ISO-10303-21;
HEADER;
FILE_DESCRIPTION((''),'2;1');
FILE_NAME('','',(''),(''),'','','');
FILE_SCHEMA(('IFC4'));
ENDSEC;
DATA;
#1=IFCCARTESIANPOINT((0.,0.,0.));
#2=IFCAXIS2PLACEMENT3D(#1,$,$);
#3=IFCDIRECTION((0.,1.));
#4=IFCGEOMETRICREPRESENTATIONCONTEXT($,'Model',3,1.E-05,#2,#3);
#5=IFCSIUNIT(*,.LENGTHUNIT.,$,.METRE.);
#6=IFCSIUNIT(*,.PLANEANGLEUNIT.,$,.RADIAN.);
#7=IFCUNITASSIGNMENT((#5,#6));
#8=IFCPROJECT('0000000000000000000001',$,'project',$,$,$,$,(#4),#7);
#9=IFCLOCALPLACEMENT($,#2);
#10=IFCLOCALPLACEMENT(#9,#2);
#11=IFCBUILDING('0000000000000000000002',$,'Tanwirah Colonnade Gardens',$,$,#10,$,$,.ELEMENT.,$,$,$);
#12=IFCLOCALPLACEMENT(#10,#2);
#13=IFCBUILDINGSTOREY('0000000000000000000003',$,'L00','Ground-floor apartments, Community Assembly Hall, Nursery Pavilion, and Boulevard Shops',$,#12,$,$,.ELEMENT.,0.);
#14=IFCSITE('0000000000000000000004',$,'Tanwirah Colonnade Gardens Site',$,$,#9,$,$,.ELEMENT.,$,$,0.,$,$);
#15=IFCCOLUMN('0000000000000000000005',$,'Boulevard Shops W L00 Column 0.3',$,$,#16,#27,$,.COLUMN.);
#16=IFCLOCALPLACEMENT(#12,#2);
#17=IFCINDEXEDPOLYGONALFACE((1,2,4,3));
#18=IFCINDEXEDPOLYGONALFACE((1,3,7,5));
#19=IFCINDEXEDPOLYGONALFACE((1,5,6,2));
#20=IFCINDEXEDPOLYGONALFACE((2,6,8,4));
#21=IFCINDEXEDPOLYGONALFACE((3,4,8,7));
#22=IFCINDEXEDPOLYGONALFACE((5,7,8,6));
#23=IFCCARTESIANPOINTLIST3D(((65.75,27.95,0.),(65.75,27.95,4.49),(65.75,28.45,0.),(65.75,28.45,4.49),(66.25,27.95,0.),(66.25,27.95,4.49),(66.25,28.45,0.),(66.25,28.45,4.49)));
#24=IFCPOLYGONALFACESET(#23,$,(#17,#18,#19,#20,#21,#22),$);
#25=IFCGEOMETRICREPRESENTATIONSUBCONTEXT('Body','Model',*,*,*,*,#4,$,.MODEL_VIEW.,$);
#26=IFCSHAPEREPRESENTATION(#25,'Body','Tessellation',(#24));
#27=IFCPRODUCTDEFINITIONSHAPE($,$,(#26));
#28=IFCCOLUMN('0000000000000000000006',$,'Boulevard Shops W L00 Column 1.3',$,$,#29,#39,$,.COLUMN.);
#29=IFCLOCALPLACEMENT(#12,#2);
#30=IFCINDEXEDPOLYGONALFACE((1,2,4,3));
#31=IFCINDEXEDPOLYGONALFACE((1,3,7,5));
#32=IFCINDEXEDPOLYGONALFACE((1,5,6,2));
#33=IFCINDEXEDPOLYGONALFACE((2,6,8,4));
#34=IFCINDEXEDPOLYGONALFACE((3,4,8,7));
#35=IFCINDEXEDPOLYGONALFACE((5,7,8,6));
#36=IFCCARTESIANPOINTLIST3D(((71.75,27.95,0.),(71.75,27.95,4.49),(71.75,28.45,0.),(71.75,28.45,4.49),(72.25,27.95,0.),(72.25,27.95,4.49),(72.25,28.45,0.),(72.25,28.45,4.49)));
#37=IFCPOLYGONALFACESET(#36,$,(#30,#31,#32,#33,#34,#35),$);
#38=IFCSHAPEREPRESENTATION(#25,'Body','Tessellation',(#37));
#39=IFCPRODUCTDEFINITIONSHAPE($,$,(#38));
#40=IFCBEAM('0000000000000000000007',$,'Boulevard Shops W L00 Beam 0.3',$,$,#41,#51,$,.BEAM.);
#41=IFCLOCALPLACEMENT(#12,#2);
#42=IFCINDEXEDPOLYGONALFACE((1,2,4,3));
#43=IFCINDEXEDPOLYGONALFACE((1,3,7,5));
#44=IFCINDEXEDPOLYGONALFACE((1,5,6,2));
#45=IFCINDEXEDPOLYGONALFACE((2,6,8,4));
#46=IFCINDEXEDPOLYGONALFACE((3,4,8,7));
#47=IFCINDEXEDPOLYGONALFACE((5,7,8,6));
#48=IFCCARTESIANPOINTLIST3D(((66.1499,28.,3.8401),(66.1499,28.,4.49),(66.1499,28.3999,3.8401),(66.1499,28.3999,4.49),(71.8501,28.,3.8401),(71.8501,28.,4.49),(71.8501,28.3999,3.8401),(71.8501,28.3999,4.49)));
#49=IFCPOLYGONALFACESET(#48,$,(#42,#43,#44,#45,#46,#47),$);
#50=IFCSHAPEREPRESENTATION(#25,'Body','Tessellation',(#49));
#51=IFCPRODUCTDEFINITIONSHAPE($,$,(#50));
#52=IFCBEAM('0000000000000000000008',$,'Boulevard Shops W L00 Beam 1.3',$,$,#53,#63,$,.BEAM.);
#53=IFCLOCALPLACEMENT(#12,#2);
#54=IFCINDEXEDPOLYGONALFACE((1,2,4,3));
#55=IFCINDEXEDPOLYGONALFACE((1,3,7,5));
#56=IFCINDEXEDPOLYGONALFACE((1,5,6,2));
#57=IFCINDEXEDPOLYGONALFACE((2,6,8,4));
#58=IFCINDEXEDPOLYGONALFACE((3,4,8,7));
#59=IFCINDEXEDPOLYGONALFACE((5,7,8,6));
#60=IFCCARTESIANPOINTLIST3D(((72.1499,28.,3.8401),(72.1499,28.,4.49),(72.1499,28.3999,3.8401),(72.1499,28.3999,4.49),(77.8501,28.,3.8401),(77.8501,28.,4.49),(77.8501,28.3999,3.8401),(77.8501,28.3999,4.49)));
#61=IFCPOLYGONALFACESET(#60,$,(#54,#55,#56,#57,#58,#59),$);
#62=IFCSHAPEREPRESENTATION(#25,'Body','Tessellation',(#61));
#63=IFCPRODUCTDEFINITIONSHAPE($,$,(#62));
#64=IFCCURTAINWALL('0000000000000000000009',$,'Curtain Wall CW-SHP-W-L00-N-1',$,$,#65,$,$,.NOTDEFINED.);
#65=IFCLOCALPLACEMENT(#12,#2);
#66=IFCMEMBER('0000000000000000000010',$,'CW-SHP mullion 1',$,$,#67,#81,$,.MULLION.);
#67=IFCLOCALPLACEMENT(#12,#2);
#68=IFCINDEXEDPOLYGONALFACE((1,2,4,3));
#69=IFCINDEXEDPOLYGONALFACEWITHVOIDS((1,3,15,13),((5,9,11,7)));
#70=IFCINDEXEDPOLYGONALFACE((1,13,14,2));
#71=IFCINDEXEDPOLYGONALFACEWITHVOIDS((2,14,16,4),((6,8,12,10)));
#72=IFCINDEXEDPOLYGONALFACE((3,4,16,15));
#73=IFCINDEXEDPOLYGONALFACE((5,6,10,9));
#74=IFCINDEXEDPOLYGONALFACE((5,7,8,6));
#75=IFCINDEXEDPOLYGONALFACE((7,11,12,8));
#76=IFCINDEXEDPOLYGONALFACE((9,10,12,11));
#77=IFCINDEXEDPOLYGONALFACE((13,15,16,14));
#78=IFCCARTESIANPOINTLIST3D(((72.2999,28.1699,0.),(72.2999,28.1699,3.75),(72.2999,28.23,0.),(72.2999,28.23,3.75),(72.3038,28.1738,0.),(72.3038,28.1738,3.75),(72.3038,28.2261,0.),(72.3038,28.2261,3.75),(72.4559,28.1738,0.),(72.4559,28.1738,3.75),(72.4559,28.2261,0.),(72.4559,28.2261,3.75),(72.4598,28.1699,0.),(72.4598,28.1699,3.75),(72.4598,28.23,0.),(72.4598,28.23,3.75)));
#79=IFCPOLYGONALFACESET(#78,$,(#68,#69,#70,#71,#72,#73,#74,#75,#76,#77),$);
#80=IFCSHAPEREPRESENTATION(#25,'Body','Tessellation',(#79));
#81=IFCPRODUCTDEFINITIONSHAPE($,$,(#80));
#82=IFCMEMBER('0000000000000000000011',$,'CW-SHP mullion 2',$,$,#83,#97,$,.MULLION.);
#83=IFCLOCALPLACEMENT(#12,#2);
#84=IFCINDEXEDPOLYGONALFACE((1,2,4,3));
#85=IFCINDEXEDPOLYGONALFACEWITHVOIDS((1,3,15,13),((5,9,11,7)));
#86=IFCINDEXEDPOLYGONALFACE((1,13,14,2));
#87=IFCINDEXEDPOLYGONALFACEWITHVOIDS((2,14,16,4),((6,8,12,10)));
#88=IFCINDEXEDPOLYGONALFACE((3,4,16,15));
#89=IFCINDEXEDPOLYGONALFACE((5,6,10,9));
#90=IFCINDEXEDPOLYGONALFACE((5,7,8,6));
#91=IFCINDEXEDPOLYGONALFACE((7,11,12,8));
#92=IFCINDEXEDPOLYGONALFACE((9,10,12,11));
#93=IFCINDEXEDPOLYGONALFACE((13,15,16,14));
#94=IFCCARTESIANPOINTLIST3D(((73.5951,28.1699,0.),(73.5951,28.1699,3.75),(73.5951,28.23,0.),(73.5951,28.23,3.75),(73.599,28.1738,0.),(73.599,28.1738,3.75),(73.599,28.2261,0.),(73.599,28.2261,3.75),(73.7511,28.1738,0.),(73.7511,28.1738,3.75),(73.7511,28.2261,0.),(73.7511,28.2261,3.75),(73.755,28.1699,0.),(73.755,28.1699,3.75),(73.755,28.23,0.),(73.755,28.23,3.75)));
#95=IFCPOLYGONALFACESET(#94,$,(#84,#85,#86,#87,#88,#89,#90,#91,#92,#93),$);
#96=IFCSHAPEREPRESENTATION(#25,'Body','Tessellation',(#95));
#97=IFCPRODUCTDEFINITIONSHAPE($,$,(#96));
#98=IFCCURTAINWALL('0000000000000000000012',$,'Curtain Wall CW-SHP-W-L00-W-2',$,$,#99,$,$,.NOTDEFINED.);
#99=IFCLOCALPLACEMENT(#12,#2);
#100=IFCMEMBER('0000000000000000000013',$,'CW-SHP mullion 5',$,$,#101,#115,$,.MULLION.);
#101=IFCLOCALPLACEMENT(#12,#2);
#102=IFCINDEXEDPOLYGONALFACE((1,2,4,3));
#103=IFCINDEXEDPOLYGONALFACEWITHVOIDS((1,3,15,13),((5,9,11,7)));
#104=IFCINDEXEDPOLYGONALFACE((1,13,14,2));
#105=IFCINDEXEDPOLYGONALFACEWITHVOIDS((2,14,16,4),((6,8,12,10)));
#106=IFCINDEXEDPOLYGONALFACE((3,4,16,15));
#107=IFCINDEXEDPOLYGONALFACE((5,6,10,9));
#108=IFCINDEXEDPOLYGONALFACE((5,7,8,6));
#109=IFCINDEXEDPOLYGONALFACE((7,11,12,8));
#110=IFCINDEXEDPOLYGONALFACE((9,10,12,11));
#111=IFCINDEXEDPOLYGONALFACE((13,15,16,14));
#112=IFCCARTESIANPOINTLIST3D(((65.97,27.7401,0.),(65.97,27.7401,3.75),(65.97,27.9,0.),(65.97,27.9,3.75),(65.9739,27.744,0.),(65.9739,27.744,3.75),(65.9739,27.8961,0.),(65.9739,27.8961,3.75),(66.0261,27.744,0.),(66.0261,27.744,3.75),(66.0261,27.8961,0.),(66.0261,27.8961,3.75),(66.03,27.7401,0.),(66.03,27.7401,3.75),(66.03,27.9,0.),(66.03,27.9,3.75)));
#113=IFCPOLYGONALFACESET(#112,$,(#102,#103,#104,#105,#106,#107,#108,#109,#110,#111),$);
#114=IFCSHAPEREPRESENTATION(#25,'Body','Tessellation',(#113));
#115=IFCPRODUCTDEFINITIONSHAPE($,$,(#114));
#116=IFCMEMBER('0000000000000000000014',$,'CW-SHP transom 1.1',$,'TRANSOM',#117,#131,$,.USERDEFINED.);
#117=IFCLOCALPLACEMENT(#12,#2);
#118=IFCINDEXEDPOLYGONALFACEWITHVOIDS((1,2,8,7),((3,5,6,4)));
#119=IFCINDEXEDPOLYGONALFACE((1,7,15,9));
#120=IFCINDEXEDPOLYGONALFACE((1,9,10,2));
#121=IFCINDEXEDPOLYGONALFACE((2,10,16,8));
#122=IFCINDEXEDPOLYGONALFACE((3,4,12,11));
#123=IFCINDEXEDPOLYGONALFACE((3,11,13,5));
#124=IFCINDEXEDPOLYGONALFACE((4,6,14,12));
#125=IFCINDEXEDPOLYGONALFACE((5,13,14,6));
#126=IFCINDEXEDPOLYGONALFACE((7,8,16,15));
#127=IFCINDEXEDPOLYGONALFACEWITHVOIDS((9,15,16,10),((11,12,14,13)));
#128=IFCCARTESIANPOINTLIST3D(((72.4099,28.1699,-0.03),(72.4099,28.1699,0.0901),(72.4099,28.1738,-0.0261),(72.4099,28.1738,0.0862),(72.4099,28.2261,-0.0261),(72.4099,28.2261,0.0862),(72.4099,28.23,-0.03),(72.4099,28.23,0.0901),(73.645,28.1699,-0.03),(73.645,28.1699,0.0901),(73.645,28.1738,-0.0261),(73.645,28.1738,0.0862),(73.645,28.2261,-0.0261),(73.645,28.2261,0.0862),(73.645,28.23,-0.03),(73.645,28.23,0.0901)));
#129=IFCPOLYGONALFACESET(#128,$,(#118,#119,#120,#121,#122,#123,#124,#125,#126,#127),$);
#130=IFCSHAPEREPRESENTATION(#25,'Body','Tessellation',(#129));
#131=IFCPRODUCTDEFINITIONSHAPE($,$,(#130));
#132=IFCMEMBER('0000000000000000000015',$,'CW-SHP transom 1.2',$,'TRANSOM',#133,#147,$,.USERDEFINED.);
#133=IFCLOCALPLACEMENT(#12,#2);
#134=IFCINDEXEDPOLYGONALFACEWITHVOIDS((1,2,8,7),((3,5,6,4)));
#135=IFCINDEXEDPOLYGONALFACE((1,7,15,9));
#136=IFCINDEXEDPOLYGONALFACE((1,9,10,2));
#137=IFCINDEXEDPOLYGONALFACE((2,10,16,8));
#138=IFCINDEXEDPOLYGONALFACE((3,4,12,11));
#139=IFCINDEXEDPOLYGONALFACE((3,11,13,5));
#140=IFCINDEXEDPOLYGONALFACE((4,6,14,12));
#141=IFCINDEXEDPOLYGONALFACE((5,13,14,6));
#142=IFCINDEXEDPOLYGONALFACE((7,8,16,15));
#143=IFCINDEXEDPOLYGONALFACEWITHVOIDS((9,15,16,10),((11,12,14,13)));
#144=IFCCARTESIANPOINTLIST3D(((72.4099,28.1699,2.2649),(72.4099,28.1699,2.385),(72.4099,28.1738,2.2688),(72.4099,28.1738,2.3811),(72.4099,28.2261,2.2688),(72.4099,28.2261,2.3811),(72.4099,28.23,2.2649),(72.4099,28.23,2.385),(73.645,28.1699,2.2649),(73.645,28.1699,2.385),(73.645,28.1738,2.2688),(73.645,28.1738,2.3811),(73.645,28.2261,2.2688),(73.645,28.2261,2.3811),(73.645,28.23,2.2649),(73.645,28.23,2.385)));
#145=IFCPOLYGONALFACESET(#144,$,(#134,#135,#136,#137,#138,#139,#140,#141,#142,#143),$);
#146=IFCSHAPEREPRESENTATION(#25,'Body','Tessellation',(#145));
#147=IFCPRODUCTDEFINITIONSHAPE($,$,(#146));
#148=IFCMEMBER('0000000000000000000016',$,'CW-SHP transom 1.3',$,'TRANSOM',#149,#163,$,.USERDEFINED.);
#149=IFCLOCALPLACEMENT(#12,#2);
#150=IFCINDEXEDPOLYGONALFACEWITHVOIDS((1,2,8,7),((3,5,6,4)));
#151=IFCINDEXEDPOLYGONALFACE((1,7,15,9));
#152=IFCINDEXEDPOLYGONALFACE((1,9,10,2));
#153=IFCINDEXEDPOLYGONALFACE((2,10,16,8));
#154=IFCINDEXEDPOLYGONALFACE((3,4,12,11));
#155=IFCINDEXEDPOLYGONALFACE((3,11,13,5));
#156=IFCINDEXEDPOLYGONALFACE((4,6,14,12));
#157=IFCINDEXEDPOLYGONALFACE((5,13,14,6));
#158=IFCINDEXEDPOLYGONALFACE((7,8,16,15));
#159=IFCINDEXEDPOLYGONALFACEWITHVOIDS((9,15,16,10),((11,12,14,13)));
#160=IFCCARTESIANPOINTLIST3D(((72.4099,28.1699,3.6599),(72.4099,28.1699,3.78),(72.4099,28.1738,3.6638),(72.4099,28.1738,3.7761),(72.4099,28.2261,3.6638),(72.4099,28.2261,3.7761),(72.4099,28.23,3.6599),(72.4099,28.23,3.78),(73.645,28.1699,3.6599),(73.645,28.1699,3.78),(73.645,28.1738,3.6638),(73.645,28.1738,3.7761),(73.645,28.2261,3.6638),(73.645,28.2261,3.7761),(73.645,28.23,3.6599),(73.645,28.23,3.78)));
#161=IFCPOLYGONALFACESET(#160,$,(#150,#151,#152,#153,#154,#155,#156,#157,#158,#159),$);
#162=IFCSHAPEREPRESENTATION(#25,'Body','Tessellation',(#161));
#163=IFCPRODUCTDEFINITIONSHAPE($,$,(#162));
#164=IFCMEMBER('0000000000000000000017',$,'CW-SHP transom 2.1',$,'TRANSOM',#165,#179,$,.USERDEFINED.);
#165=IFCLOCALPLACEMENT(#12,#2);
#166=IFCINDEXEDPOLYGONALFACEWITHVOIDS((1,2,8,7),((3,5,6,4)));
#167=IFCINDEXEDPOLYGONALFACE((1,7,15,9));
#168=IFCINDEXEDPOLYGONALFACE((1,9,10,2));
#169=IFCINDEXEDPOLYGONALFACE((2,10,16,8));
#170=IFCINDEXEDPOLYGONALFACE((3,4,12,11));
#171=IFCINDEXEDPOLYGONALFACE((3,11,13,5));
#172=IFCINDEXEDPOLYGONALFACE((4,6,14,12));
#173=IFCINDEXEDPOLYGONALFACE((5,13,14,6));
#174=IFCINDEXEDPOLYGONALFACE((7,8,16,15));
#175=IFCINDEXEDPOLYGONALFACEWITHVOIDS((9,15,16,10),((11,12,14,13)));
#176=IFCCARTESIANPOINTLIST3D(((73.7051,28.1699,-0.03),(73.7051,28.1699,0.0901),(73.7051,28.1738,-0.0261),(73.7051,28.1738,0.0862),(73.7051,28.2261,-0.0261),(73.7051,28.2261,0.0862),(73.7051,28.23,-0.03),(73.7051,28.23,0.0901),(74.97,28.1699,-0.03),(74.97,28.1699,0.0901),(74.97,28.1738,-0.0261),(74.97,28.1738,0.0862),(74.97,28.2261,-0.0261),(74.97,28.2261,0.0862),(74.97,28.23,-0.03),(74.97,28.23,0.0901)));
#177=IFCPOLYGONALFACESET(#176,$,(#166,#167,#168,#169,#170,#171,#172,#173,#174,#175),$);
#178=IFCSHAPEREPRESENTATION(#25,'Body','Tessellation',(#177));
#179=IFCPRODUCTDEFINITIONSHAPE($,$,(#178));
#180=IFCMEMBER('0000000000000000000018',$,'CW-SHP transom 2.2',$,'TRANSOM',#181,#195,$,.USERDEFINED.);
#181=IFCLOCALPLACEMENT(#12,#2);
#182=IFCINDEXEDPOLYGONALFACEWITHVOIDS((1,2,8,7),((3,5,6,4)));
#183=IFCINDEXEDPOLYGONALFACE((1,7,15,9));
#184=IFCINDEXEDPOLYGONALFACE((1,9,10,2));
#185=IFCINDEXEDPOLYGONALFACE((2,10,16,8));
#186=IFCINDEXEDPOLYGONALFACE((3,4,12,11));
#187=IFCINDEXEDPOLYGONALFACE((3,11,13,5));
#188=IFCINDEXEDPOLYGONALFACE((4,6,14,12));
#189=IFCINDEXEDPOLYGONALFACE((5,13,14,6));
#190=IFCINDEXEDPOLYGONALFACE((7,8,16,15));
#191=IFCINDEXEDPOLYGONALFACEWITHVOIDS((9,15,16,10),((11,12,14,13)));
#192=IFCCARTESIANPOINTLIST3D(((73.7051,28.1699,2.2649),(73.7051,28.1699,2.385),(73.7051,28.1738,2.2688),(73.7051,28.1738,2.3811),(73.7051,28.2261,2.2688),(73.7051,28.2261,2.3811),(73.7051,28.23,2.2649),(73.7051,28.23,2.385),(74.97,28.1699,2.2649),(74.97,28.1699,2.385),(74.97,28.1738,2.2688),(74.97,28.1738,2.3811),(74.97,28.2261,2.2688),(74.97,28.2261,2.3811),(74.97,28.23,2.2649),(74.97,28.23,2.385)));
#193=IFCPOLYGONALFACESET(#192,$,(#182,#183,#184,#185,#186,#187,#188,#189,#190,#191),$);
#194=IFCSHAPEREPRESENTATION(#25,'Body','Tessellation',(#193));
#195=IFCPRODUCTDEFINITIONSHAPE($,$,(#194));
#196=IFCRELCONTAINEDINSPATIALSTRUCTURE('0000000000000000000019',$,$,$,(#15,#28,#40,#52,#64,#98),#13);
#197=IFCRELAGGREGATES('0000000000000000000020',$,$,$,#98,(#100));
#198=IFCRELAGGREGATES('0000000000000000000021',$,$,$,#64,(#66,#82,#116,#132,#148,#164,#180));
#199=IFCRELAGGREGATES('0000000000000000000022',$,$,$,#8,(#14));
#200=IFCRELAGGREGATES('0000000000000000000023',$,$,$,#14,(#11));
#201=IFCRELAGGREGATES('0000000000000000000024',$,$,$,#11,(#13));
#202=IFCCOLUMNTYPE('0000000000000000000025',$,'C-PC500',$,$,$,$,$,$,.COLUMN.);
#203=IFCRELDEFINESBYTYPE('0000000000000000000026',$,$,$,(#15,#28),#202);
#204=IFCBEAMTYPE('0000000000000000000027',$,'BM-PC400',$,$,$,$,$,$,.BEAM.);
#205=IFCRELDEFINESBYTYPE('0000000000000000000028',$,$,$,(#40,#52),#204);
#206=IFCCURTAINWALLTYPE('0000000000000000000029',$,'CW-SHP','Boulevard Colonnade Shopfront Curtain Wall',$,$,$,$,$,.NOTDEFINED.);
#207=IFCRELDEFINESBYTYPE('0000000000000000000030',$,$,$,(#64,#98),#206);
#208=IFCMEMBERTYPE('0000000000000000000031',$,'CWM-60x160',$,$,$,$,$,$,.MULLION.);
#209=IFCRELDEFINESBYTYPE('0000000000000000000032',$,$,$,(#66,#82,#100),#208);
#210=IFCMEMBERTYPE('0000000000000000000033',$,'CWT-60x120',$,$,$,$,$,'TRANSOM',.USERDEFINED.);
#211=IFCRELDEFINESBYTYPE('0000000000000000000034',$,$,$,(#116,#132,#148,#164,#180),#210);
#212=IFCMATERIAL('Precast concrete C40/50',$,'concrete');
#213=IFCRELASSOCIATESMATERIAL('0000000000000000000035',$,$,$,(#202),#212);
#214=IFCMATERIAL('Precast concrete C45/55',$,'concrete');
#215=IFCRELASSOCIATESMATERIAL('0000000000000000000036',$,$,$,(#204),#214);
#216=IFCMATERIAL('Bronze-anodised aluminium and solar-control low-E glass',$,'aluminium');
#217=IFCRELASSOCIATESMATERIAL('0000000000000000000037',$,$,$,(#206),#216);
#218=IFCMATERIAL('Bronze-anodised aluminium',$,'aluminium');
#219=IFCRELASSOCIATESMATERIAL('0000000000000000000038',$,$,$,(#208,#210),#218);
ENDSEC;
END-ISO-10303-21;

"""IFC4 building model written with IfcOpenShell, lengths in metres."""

from ifc_helpers import new_model, si_unit, direction, frame, origin, origin_2d, place, context, subcontext, project, spatial, rectangle, hollow_rectangle, extrude, material, material_profile, profile_set, type_object, element, aggregate, save


model = new_model("IFC4")

# Units and contexts
model_context = context("Model", 3, precision=1e-05, world=origin(), true_north=direction((0.0, 1.0)))
body_context = subcontext(model_context, "Body", "Model", "MODEL_VIEW")
ifc_project = project(units=[si_unit("LENGTHUNIT", "METRE"), si_unit("PLANEANGLEUNIT", "RADIAN")], contexts=[model_context])

# Site, building, storey
site_placement = place(None, origin())
site = spatial("IfcSite", under=ifc_project, at=site_placement, Name="Tanwirah Colonnade Gardens Site", CompositionType="ELEMENT", RefElevation=0.0)
building_placement = place(site_placement, origin())
building = spatial("IfcBuilding", under=site, at=building_placement, Name="Tanwirah Colonnade Gardens", CompositionType="ELEMENT")
storey_placement = place(building_placement, origin())
storey = spatial("IfcBuildingStorey", under=building, at=storey_placement, Name="L00", Description="Ground-floor apartments, Community Assembly Hall, Nursery Pavilion, and Boulevard Shops", CompositionType="ELEMENT", Elevation=0.0)

# Columns
ifc_material_1 = material(Name="Precast concrete C40/50", Category="concrete")
ifc_material_profile_1 = material_profile(ifc_material_1, rectangle(XDim=0.5, YDim=0.5, at=origin_2d()), Name="PC-COL 500x500")
ifc_profile_set_1 = profile_set([ifc_material_profile_1], Name="Precast concrete C40/50")
column_type = type_object("IfcColumnType", Name="C-PC500", PredefinedType="COLUMN", material=ifc_profile_set_1)
for number, where, z_axis, x_axis, name in (
    (1, (66.0, 28.2, 0.0), (0.0, 0.0, 1.0), (1.0, 0.0, 0.0), "Boulevard Shops W L00 Column 0.3"),
    (2, (72.0, 28.2, 0.0), (0.0, 0.0, 1.0), (1.0, 0.0, 0.0), "Boulevard Shops W L00 Column 1.3"),
):
    element("IfcColumn", number, at=place(storey_placement, frame(where, z_axis=z_axis, x_axis=x_axis)), inside=storey, type_object=column_type, Name=name, PredefinedType="COLUMN", context=body_context, shape_type="SweptSolid", body=[
        extrude(rectangle(XDim=0.5, YDim=0.5, at=origin_2d()), origin(), (0.0, 0.0, 1.0), 4.49),
    ])

# Beams
ifc_material_2 = material(Name="Precast concrete C45/55", Category="concrete")
ifc_material_profile_2 = material_profile(ifc_material_2, rectangle(XDim=0.3999, YDim=0.6499, at=origin_2d()), Name="PC-BM 400x650")
ifc_profile_set_2 = profile_set([ifc_material_profile_2], Name="Precast concrete C45/55")
beam_type = type_object("IfcBeamType", Name="BM-PC400", PredefinedType="BEAM", material=ifc_profile_set_2)
for number, where, z_axis, x_axis, name in (
    (3, (66.1499, 28.2, 4.165), (1.0, 0.0, 0.0), (0.0, 1.0, 0.0), "Boulevard Shops W L00 Beam 0.3"),
    (4, (72.1499, 28.2, 4.165), (1.0, 0.0, 0.0), (0.0, 1.0, 0.0), "Boulevard Shops W L00 Beam 1.3"),
):
    element("IfcBeam", number, at=place(storey_placement, frame(where, z_axis=z_axis, x_axis=x_axis)), inside=storey, type_object=beam_type, Name=name, PredefinedType="BEAM", context=body_context, shape_type="SweptSolid", body=[
        extrude(rectangle(XDim=0.3999, YDim=0.6499, at=origin_2d()), origin(), (0.0, 0.0, 1.0), 5.7002),
    ])

# Curtain wall, members
ifc_material_3 = material(Name="Bronze-anodised aluminium and solar-control low-E glass", Category="aluminium")
curtain_wall_type = type_object("IfcCurtainWallType", Name="CW-SHP", Description="Boulevard Colonnade Shopfront Curtain Wall", PredefinedType="NOTDEFINED", material=ifc_material_3)
curtain_wall_1_placement = place(storey_placement, origin())
curtain_wall_1 = element("IfcCurtainWall", 5, at=curtain_wall_1_placement, inside=storey, type_object=curtain_wall_type, Name="Curtain Wall CW-SHP-W-L00-N-1", PredefinedType="NOTDEFINED")
ifc_material_4 = material(Name="Bronze-anodised aluminium", Category="aluminium")
ifc_material_profile_3 = material_profile(ifc_material_4, hollow_rectangle(XDim=0.0601, YDim=0.1599, WallThickness=0.0039, at=origin_2d()), Name="CW-MUL 60x160x4")
ifc_profile_set_3 = profile_set([ifc_material_profile_3], Name="Bronze-anodised aluminium")
member_type_1 = type_object("IfcMemberType", Name="CWM-60x160", PredefinedType="MULLION", material=ifc_profile_set_3)
member_1_placement = place(storey_placement, frame((72.3799, 28.2, 0.0), z_axis=(0.0, 0.0, 1.0), x_axis=(0.0, 1.0, 0.0)))
member_1 = element("IfcMember", 6, at=member_1_placement, type_object=member_type_1, Name="CW-SHP mullion 1", PredefinedType="MULLION", context=body_context, shape_type="SweptSolid", body=[
    extrude(hollow_rectangle(XDim=0.0601, YDim=0.1599, WallThickness=0.0039, at=origin_2d()), origin(), (0.0, 0.0, 1.0), 3.75),
])
member_2_placement = place(storey_placement, frame((73.675, 28.2, 0.0), z_axis=(0.0, 0.0, 1.0), x_axis=(0.0, 1.0, 0.0)))
member_2 = element("IfcMember", 7, at=member_2_placement, type_object=member_type_1, Name="CW-SHP mullion 2", PredefinedType="MULLION", context=body_context, shape_type="SweptSolid", body=[
    extrude(hollow_rectangle(XDim=0.0601, YDim=0.1599, WallThickness=0.0039, at=origin_2d()), origin(), (0.0, 0.0, 1.0), 3.75),
])

# Curtain wall, member
curtain_wall_2_placement = place(storey_placement, origin())
curtain_wall_2 = element("IfcCurtainWall", 8, at=curtain_wall_2_placement, inside=storey, type_object=curtain_wall_type, Name="Curtain Wall CW-SHP-W-L00-W-2", PredefinedType="NOTDEFINED")
member_3_placement = place(storey_placement, frame((66.0, 27.8201, 0.0), z_axis=(0.0, 0.0, 1.0), x_axis=(-1.0, 0.0, 0.0)))
member_3 = element("IfcMember", 9, at=member_3_placement, type_object=member_type_1, Name="CW-SHP mullion 5", PredefinedType="MULLION", context=body_context, shape_type="SweptSolid", body=[
    extrude(hollow_rectangle(XDim=0.0601, YDim=0.1599, WallThickness=0.0039, at=origin_2d()), origin(), (0.0, 0.0, 1.0), 3.75),
])
aggregate(curtain_wall_2, [member_3])

# Members
ifc_material_profile_4 = material_profile(ifc_material_4, hollow_rectangle(XDim=0.0601, YDim=0.1201, WallThickness=0.0039, at=origin_2d()), Name="CW-TRN 60x120x4")
ifc_profile_set_4 = profile_set([ifc_material_profile_4], Name="Bronze-anodised aluminium")
member_type_2 = type_object("IfcMemberType", Name="CWT-60x120", ElementType="TRANSOM", PredefinedType="USERDEFINED", material=ifc_profile_set_4)
member_4_placement = place(storey_placement, frame((72.4099, 28.2, 0.03), z_axis=(1.0, 0.0, 0.0), x_axis=(0.0, 1.0, 0.0)))
member_4 = element("IfcMember", 10, at=member_4_placement, type_object=member_type_2, Name="CW-SHP transom 1.1", ObjectType="TRANSOM", PredefinedType="USERDEFINED", context=body_context, shape_type="SweptSolid", body=[
    extrude(hollow_rectangle(XDim=0.0601, YDim=0.1201, WallThickness=0.0039, at=origin_2d()), origin(), (0.0, 0.0, 1.0), 1.2351),
])
member_5_placement = place(storey_placement, frame((72.4099, 28.2, 2.325), z_axis=(1.0, 0.0, 0.0), x_axis=(0.0, 1.0, 0.0)))
member_5 = element("IfcMember", 11, at=member_5_placement, type_object=member_type_2, Name="CW-SHP transom 1.2", ObjectType="TRANSOM", PredefinedType="USERDEFINED", context=body_context, shape_type="SweptSolid", body=[
    extrude(hollow_rectangle(XDim=0.0601, YDim=0.1201, WallThickness=0.0039, at=origin_2d()), origin(), (0.0, 0.0, 1.0), 1.2351),
])
member_6_placement = place(storey_placement, frame((72.4099, 28.2, 3.72), z_axis=(1.0, 0.0, 0.0), x_axis=(0.0, 1.0, 0.0)))
member_6 = element("IfcMember", 12, at=member_6_placement, type_object=member_type_2, Name="CW-SHP transom 1.3", ObjectType="TRANSOM", PredefinedType="USERDEFINED", context=body_context, shape_type="SweptSolid", body=[
    extrude(hollow_rectangle(XDim=0.0601, YDim=0.1201, WallThickness=0.0039, at=origin_2d()), origin(), (0.0, 0.0, 1.0), 1.2351),
])
member_7_placement = place(storey_placement, frame((73.7051, 28.2, 0.03), z_axis=(1.0, 0.0, 0.0), x_axis=(0.0, 1.0, 0.0)))
member_7 = element("IfcMember", 13, at=member_7_placement, type_object=member_type_2, Name="CW-SHP transom 2.1", ObjectType="TRANSOM", PredefinedType="USERDEFINED", context=body_context, shape_type="SweptSolid", body=[
    extrude(hollow_rectangle(XDim=0.0601, YDim=0.1201, WallThickness=0.0039, at=origin_2d()), origin(), (0.0, 0.0, 1.0), 1.2649),
])
member_8_placement = place(storey_placement, frame((73.7051, 28.2, 2.325), z_axis=(1.0, 0.0, 0.0), x_axis=(0.0, 1.0, 0.0)))
member_8 = element("IfcMember", 14, at=member_8_placement, type_object=member_type_2, Name="CW-SHP transom 2.2", ObjectType="TRANSOM", PredefinedType="USERDEFINED", context=body_context, shape_type="SweptSolid", body=[
    extrude(hollow_rectangle(XDim=0.0601, YDim=0.1201, WallThickness=0.0039, at=origin_2d()), origin(), (0.0, 0.0, 1.0), 1.2649),
])

aggregate(curtain_wall_1, [member_1, member_2, member_4, member_5, member_6, member_7, member_8])

save(model, "model.ifc")
